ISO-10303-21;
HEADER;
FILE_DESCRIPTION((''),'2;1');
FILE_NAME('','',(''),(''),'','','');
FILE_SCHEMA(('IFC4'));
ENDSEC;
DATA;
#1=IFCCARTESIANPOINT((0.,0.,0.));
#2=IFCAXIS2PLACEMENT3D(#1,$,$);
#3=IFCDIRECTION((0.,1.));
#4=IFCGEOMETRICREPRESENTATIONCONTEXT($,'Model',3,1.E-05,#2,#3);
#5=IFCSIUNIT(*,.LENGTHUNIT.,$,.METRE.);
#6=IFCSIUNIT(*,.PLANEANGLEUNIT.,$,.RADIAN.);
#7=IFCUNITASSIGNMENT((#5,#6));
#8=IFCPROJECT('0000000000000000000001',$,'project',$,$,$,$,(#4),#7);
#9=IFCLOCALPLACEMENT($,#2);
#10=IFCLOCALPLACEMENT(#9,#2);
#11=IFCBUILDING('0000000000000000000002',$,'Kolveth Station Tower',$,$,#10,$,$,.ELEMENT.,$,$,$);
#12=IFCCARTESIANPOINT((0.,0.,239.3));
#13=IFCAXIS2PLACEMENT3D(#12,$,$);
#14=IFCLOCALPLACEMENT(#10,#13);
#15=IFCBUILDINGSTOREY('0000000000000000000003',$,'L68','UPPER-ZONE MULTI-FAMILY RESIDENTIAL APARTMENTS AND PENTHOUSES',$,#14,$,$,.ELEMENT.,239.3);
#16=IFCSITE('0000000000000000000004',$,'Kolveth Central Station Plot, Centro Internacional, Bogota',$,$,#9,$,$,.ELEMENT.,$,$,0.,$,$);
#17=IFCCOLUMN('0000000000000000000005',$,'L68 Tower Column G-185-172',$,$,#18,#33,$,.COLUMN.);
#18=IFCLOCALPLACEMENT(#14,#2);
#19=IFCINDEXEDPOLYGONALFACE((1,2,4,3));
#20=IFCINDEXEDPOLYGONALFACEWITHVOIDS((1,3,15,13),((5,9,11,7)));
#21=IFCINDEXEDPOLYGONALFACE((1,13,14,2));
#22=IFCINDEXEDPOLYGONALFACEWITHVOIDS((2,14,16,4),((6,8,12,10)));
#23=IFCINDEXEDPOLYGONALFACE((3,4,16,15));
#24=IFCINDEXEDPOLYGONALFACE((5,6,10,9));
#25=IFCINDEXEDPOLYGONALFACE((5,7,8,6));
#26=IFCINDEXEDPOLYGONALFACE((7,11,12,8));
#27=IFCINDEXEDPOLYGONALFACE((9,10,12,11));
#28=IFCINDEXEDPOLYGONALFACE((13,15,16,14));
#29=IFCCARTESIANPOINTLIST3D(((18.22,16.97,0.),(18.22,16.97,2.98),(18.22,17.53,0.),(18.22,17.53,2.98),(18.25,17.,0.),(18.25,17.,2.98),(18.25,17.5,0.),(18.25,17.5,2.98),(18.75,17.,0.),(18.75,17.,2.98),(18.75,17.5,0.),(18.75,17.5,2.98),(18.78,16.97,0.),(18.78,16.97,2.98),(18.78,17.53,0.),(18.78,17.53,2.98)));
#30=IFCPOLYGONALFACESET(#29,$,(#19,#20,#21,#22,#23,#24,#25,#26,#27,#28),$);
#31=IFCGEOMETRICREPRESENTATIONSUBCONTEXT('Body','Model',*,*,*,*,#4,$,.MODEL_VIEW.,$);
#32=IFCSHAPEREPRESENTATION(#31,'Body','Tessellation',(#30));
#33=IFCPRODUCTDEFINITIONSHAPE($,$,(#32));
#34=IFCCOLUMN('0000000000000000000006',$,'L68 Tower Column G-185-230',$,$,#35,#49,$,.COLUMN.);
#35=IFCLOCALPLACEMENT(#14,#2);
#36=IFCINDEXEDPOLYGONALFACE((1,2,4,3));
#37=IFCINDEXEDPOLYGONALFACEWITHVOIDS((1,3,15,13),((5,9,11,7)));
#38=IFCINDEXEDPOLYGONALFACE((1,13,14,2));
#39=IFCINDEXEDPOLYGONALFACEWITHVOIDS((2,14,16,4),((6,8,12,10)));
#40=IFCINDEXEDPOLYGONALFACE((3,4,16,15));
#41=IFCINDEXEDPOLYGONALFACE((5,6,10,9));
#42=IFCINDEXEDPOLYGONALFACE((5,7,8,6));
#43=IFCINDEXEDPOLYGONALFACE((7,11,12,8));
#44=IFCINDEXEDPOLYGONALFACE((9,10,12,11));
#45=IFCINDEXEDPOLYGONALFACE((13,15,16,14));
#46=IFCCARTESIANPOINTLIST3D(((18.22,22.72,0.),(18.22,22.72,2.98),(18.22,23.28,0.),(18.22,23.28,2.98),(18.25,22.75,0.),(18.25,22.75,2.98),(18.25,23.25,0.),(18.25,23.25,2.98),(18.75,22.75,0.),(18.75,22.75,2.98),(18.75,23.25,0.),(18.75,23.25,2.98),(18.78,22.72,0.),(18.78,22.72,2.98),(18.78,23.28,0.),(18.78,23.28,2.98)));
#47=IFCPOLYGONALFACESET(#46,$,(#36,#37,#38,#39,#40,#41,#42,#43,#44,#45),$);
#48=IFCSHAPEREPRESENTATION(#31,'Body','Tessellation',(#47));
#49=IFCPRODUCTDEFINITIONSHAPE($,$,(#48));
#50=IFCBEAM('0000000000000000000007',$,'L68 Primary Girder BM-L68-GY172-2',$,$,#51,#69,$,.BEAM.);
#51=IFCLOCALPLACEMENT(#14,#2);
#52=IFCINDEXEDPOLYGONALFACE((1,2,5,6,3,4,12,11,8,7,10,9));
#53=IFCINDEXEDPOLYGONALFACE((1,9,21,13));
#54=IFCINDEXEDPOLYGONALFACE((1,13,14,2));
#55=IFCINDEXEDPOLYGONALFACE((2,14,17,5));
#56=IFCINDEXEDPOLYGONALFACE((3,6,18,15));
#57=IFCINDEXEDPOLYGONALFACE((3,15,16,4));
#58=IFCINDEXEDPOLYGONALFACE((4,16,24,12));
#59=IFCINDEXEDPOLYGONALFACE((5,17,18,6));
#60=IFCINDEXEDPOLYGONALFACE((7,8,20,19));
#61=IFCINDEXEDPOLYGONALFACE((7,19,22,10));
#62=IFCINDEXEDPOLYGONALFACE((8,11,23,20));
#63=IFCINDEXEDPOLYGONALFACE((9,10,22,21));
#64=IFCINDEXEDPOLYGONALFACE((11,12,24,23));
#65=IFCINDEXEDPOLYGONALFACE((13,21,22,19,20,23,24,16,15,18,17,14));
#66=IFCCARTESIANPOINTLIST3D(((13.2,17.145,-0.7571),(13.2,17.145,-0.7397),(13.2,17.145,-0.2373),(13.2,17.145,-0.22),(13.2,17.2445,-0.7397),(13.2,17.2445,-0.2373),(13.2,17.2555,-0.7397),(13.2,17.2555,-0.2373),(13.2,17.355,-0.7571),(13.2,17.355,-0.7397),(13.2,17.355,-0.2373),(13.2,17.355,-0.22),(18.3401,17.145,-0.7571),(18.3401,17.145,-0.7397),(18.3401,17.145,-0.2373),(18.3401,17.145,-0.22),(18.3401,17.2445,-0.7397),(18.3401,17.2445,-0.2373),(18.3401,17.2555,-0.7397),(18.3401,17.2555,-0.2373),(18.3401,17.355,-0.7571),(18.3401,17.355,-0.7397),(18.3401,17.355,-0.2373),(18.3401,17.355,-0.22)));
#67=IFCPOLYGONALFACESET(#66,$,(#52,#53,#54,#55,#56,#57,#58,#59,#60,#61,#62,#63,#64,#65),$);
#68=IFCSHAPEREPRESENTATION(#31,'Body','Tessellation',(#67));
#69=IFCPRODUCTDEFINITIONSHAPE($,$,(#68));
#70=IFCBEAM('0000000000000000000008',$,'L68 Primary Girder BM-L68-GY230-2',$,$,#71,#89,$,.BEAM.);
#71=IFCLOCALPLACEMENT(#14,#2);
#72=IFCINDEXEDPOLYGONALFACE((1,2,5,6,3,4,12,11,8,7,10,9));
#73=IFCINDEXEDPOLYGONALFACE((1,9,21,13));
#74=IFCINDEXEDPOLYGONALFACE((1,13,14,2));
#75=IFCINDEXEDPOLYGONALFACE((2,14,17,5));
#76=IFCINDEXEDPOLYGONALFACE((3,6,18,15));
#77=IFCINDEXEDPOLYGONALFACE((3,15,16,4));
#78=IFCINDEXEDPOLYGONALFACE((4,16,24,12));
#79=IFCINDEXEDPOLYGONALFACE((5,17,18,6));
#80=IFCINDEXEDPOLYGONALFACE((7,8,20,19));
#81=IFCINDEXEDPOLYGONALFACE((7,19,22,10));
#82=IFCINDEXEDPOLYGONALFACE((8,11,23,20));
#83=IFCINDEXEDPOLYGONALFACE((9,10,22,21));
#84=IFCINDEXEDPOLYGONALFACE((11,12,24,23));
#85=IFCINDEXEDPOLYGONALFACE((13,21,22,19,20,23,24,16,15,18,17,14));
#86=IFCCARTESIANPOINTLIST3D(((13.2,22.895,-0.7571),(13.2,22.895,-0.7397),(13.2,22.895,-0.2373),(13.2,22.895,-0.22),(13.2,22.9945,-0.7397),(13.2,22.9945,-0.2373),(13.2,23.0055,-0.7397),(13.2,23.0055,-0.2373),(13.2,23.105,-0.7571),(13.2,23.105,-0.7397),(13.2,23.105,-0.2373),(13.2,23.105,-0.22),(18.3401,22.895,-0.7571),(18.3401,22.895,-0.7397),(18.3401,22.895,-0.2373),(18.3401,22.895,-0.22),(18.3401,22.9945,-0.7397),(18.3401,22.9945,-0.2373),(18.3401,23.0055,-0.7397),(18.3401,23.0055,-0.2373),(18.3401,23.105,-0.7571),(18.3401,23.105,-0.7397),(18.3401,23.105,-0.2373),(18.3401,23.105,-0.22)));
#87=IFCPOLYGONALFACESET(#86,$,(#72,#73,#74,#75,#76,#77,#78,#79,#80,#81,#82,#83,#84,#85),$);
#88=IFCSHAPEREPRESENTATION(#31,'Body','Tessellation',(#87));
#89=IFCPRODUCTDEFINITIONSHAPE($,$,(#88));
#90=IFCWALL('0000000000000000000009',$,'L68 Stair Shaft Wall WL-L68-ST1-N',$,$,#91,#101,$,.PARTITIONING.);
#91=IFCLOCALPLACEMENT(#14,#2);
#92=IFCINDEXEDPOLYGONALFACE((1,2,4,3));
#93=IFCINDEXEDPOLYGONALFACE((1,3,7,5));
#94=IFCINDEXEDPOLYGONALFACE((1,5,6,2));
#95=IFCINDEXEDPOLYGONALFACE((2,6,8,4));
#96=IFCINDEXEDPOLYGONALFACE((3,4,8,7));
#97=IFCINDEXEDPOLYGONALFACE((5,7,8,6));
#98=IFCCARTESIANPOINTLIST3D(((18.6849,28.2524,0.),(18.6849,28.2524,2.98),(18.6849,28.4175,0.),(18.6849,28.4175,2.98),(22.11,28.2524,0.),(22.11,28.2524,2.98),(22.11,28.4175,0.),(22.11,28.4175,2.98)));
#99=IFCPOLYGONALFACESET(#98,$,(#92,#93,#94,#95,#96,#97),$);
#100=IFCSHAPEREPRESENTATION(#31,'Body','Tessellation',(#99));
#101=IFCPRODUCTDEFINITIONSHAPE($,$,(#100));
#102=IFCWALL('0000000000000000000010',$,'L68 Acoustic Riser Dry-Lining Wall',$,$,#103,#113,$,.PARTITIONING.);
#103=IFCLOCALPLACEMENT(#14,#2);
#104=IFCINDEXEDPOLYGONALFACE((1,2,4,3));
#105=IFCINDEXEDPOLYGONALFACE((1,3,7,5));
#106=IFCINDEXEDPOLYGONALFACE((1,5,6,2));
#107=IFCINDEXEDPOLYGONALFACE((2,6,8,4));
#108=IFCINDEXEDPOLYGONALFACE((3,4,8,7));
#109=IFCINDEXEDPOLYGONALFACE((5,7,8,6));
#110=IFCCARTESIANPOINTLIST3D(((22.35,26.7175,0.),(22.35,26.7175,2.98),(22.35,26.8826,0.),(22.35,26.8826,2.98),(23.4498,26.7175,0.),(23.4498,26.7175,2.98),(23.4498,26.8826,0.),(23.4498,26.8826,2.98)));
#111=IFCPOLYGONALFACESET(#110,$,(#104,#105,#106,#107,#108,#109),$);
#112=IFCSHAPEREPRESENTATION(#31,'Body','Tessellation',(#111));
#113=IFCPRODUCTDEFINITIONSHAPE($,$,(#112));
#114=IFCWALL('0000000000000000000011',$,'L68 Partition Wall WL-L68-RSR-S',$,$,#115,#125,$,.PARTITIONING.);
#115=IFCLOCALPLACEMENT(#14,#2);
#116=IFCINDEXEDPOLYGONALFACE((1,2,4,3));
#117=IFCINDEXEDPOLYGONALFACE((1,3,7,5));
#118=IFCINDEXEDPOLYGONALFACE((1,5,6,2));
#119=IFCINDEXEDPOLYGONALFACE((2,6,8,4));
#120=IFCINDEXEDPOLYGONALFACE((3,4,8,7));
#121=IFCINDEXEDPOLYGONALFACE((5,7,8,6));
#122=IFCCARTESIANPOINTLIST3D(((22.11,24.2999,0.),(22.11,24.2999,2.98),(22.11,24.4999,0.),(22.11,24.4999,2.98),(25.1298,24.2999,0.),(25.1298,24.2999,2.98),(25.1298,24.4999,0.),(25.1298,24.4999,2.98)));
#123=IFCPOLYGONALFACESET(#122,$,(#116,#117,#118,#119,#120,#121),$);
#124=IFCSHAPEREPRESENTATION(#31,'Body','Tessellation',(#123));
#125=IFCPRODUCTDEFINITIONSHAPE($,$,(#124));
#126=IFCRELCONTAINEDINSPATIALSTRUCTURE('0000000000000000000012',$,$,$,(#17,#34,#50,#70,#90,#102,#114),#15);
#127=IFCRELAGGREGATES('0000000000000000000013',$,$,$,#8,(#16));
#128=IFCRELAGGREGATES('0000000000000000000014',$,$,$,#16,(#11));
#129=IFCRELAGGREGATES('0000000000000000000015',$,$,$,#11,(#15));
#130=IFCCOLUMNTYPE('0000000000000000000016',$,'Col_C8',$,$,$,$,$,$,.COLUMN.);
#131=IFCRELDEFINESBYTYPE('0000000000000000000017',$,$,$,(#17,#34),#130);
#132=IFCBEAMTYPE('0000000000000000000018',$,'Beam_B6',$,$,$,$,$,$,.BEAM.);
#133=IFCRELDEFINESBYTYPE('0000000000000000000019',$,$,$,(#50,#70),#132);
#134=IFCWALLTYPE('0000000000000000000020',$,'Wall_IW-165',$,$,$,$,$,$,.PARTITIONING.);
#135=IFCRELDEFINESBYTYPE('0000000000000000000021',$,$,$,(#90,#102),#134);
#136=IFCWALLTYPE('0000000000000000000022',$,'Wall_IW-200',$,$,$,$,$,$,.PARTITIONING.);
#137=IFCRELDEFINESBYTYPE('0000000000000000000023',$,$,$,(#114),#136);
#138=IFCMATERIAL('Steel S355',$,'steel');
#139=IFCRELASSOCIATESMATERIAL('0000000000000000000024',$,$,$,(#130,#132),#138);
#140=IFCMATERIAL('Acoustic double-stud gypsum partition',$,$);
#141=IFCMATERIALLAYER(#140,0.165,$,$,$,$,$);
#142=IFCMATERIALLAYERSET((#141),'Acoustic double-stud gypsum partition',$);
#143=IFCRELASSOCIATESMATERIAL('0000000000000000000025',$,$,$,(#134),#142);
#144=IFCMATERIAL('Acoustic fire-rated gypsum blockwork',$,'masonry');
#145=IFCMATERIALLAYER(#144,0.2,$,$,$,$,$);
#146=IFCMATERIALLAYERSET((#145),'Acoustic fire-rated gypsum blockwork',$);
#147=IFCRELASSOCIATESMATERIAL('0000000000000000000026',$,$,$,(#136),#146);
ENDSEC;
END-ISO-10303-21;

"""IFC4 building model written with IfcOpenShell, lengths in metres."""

from ifc_helpers import new_model, si_unit, direction, frame, frame_2d, origin, origin_2d, place, context, subcontext, project, spatial, rectangle, hollow_rectangle, i_section, extrude, source, transform, mapped, material, layer, layer_set, material_profile, profile_set, type_object, element, save


model = new_model("IFC4")

# Units and contexts
model_context = context("Model", 3, precision=1e-05, world=origin(), true_north=direction((0.0, 1.0)))
body_context = subcontext(model_context, "Body", "Model", "MODEL_VIEW")
ifc_project = project(units=[si_unit("LENGTHUNIT", "METRE"), si_unit("PLANEANGLEUNIT", "RADIAN")], contexts=[model_context])

# Site, building, storey
site_placement = place(None, origin())
site = spatial("IfcSite", under=ifc_project, at=site_placement, Name="Kolveth Central Station Plot, Centro Internacional, Bogota", CompositionType="ELEMENT", RefElevation=0.0)
building_placement = place(site_placement, origin())
building = spatial("IfcBuilding", under=site, at=building_placement, Name="Kolveth Station Tower", CompositionType="ELEMENT")
storey_placement = place(building_placement, frame((0.0, 0.0, 239.3)))
storey = spatial("IfcBuildingStorey", under=building, at=storey_placement, Name="L68", Description="UPPER-ZONE MULTI-FAMILY RESIDENTIAL APARTMENTS AND PENTHOUSES", CompositionType="ELEMENT", Elevation=239.3)

# Columns
ifc_material_1 = material(Name="Steel S355", Category="steel")
ifc_material_profile_1 = material_profile(ifc_material_1, hollow_rectangle(XDim=0.5601, YDim=0.5601, WallThickness=0.03, at=origin_2d()), Name="BOX560x560x30")
ifc_profile_set_1 = profile_set([ifc_material_profile_1], Name="Steel S355")
column_type = type_object("IfcColumnType", Name="Col_C8", PredefinedType="COLUMN", material=ifc_profile_set_1)
shared_shape_1 = source(origin(), body_context, "Body", "SweptSolid", [
    extrude(hollow_rectangle(XDim=0.5601, YDim=0.5601, WallThickness=0.03, at=origin_2d()), origin(), (0.0, 0.0, 1.0), 2.98),
])
for number, where, z_axis, x_axis, name in (
    (1, (18.5, 17.25, 0.0), (0.0, 0.0, 1.0), (1.0, 0.0, 0.0), "L68 Tower Column G-185-172"),
    (2, (18.5, 23.0, 0.0), (0.0, 0.0, 1.0), (1.0, 0.0, 0.0), "L68 Tower Column G-185-230"),
):
    element("IfcColumn", number, at=place(storey_placement, frame(where, z_axis=z_axis, x_axis=x_axis)), inside=storey, type_object=column_type, Name=name, PredefinedType="COLUMN", context=body_context, shape_type="MappedRepresentation", body=[
        mapped(shared_shape_1, transform((0.0, 0.0, 0.0), x_axis=(1.0, 0.0, 0.0), y_axis=(0.0, 1.0, 0.0), z_axis=(0.0, 0.0, 1.0), scale=1.0)),
    ])

# Beams
ifc_material_profile_2 = material_profile(ifc_material_1, i_section(OverallWidth=0.21, OverallDepth=0.5371, WebThickness=0.011, FlangeThickness=0.0173, at=origin_2d()), Name="W530x101")
ifc_profile_set_2 = profile_set([ifc_material_profile_2], Name="Steel S355")
beam_type = type_object("IfcBeamType", Name="Beam_B6", PredefinedType="BEAM", material=ifc_profile_set_2)
shared_shape_2 = source(origin(), body_context, "Body", "SweptSolid", [
    extrude(i_section(OverallWidth=0.21, OverallDepth=0.5371, WebThickness=0.011, FlangeThickness=0.0173, at=origin_2d()), origin(), (0.0, 0.0, 1.0), 5.1401),
])
for number, where, z_axis, x_axis, name in (
    (3, (13.2, 17.25, -0.4885), (1.0, 0.0, 0.0), (0.0, 1.0, 0.0), "L68 Primary Girder BM-L68-GY172-2"),
    (4, (13.2, 23.0, -0.4885), (1.0, 0.0, 0.0), (0.0, 1.0, 0.0), "L68 Primary Girder BM-L68-GY230-2"),
):
    element("IfcBeam", number, at=place(storey_placement, frame(where, z_axis=z_axis, x_axis=x_axis)), inside=storey, type_object=beam_type, Name=name, PredefinedType="BEAM", context=body_context, shape_type="MappedRepresentation", body=[
        mapped(shared_shape_2, transform((0.0, 0.0, 0.0), x_axis=(1.0, 0.0, 0.0), y_axis=(0.0, 1.0, 0.0), z_axis=(0.0, 0.0, 1.0), scale=1.0)),
    ])

# Walls
ifc_material_2 = material(Name="Acoustic double-stud gypsum partition")
ifc_layer_1 = layer(ifc_material_2, 0.165)
ifc_layer_set_1 = layer_set([ifc_layer_1], Name="Acoustic double-stud gypsum partition")
wall_type_1 = type_object("IfcWallType", Name="Wall_IW-165", PredefinedType="PARTITIONING", material=ifc_layer_set_1)
wall_1_placement = place(storey_placement, frame((18.6851, 28.335, 0.0), z_axis=(0.0, 0.0, 1.0), x_axis=(1.0, 0.0, 0.0)))
element("IfcWall", 5, at=wall_1_placement, inside=storey, type_object=wall_type_1, Name="L68 Stair Shaft Wall WL-L68-ST1-N", PredefinedType="PARTITIONING", context=body_context, shape_type="SweptSolid", body=[
    extrude(rectangle(XDim=3.425, YDim=0.165, at=frame_2d((1.7124, 0.0))), origin(), (0.0, 0.0, 1.0), 2.98),
])
wall_2_placement = place(storey_placement, frame((22.3501, 26.8, 0.0), z_axis=(0.0, 0.0, 1.0), x_axis=(1.0, 0.0, 0.0)))
element("IfcWall", 6, at=wall_2_placement, inside=storey, type_object=wall_type_1, Name="L68 Acoustic Riser Dry-Lining Wall", PredefinedType="PARTITIONING", context=body_context, shape_type="SweptSolid", body=[
    extrude(rectangle(XDim=1.0999, YDim=0.165, at=frame_2d((0.5498, 0.0))), origin(), (0.0, 0.0, 1.0), 2.98),
])
ifc_material_3 = material(Name="Acoustic fire-rated gypsum blockwork", Category="masonry")
ifc_layer_2 = layer(ifc_material_3, 0.2)
ifc_layer_set_2 = layer_set([ifc_layer_2], Name="Acoustic fire-rated gypsum blockwork")
wall_type_2 = type_object("IfcWallType", Name="Wall_IW-200", PredefinedType="PARTITIONING", material=ifc_layer_set_2)
wall_3_placement = place(storey_placement, frame((22.1101, 24.3999, 0.0), z_axis=(0.0, 0.0, 1.0), x_axis=(1.0, 0.0, 0.0)))
element("IfcWall", 7, at=wall_3_placement, inside=storey, type_object=wall_type_2, Name="L68 Partition Wall WL-L68-RSR-S", PredefinedType="PARTITIONING", context=body_context, shape_type="SweptSolid", body=[
    extrude(rectangle(XDim=3.0198, YDim=0.2, at=frame_2d((1.5098, 0.0))), origin(), (0.0, 0.0, 1.0), 2.98),
])

save(model, "model.ifc")
